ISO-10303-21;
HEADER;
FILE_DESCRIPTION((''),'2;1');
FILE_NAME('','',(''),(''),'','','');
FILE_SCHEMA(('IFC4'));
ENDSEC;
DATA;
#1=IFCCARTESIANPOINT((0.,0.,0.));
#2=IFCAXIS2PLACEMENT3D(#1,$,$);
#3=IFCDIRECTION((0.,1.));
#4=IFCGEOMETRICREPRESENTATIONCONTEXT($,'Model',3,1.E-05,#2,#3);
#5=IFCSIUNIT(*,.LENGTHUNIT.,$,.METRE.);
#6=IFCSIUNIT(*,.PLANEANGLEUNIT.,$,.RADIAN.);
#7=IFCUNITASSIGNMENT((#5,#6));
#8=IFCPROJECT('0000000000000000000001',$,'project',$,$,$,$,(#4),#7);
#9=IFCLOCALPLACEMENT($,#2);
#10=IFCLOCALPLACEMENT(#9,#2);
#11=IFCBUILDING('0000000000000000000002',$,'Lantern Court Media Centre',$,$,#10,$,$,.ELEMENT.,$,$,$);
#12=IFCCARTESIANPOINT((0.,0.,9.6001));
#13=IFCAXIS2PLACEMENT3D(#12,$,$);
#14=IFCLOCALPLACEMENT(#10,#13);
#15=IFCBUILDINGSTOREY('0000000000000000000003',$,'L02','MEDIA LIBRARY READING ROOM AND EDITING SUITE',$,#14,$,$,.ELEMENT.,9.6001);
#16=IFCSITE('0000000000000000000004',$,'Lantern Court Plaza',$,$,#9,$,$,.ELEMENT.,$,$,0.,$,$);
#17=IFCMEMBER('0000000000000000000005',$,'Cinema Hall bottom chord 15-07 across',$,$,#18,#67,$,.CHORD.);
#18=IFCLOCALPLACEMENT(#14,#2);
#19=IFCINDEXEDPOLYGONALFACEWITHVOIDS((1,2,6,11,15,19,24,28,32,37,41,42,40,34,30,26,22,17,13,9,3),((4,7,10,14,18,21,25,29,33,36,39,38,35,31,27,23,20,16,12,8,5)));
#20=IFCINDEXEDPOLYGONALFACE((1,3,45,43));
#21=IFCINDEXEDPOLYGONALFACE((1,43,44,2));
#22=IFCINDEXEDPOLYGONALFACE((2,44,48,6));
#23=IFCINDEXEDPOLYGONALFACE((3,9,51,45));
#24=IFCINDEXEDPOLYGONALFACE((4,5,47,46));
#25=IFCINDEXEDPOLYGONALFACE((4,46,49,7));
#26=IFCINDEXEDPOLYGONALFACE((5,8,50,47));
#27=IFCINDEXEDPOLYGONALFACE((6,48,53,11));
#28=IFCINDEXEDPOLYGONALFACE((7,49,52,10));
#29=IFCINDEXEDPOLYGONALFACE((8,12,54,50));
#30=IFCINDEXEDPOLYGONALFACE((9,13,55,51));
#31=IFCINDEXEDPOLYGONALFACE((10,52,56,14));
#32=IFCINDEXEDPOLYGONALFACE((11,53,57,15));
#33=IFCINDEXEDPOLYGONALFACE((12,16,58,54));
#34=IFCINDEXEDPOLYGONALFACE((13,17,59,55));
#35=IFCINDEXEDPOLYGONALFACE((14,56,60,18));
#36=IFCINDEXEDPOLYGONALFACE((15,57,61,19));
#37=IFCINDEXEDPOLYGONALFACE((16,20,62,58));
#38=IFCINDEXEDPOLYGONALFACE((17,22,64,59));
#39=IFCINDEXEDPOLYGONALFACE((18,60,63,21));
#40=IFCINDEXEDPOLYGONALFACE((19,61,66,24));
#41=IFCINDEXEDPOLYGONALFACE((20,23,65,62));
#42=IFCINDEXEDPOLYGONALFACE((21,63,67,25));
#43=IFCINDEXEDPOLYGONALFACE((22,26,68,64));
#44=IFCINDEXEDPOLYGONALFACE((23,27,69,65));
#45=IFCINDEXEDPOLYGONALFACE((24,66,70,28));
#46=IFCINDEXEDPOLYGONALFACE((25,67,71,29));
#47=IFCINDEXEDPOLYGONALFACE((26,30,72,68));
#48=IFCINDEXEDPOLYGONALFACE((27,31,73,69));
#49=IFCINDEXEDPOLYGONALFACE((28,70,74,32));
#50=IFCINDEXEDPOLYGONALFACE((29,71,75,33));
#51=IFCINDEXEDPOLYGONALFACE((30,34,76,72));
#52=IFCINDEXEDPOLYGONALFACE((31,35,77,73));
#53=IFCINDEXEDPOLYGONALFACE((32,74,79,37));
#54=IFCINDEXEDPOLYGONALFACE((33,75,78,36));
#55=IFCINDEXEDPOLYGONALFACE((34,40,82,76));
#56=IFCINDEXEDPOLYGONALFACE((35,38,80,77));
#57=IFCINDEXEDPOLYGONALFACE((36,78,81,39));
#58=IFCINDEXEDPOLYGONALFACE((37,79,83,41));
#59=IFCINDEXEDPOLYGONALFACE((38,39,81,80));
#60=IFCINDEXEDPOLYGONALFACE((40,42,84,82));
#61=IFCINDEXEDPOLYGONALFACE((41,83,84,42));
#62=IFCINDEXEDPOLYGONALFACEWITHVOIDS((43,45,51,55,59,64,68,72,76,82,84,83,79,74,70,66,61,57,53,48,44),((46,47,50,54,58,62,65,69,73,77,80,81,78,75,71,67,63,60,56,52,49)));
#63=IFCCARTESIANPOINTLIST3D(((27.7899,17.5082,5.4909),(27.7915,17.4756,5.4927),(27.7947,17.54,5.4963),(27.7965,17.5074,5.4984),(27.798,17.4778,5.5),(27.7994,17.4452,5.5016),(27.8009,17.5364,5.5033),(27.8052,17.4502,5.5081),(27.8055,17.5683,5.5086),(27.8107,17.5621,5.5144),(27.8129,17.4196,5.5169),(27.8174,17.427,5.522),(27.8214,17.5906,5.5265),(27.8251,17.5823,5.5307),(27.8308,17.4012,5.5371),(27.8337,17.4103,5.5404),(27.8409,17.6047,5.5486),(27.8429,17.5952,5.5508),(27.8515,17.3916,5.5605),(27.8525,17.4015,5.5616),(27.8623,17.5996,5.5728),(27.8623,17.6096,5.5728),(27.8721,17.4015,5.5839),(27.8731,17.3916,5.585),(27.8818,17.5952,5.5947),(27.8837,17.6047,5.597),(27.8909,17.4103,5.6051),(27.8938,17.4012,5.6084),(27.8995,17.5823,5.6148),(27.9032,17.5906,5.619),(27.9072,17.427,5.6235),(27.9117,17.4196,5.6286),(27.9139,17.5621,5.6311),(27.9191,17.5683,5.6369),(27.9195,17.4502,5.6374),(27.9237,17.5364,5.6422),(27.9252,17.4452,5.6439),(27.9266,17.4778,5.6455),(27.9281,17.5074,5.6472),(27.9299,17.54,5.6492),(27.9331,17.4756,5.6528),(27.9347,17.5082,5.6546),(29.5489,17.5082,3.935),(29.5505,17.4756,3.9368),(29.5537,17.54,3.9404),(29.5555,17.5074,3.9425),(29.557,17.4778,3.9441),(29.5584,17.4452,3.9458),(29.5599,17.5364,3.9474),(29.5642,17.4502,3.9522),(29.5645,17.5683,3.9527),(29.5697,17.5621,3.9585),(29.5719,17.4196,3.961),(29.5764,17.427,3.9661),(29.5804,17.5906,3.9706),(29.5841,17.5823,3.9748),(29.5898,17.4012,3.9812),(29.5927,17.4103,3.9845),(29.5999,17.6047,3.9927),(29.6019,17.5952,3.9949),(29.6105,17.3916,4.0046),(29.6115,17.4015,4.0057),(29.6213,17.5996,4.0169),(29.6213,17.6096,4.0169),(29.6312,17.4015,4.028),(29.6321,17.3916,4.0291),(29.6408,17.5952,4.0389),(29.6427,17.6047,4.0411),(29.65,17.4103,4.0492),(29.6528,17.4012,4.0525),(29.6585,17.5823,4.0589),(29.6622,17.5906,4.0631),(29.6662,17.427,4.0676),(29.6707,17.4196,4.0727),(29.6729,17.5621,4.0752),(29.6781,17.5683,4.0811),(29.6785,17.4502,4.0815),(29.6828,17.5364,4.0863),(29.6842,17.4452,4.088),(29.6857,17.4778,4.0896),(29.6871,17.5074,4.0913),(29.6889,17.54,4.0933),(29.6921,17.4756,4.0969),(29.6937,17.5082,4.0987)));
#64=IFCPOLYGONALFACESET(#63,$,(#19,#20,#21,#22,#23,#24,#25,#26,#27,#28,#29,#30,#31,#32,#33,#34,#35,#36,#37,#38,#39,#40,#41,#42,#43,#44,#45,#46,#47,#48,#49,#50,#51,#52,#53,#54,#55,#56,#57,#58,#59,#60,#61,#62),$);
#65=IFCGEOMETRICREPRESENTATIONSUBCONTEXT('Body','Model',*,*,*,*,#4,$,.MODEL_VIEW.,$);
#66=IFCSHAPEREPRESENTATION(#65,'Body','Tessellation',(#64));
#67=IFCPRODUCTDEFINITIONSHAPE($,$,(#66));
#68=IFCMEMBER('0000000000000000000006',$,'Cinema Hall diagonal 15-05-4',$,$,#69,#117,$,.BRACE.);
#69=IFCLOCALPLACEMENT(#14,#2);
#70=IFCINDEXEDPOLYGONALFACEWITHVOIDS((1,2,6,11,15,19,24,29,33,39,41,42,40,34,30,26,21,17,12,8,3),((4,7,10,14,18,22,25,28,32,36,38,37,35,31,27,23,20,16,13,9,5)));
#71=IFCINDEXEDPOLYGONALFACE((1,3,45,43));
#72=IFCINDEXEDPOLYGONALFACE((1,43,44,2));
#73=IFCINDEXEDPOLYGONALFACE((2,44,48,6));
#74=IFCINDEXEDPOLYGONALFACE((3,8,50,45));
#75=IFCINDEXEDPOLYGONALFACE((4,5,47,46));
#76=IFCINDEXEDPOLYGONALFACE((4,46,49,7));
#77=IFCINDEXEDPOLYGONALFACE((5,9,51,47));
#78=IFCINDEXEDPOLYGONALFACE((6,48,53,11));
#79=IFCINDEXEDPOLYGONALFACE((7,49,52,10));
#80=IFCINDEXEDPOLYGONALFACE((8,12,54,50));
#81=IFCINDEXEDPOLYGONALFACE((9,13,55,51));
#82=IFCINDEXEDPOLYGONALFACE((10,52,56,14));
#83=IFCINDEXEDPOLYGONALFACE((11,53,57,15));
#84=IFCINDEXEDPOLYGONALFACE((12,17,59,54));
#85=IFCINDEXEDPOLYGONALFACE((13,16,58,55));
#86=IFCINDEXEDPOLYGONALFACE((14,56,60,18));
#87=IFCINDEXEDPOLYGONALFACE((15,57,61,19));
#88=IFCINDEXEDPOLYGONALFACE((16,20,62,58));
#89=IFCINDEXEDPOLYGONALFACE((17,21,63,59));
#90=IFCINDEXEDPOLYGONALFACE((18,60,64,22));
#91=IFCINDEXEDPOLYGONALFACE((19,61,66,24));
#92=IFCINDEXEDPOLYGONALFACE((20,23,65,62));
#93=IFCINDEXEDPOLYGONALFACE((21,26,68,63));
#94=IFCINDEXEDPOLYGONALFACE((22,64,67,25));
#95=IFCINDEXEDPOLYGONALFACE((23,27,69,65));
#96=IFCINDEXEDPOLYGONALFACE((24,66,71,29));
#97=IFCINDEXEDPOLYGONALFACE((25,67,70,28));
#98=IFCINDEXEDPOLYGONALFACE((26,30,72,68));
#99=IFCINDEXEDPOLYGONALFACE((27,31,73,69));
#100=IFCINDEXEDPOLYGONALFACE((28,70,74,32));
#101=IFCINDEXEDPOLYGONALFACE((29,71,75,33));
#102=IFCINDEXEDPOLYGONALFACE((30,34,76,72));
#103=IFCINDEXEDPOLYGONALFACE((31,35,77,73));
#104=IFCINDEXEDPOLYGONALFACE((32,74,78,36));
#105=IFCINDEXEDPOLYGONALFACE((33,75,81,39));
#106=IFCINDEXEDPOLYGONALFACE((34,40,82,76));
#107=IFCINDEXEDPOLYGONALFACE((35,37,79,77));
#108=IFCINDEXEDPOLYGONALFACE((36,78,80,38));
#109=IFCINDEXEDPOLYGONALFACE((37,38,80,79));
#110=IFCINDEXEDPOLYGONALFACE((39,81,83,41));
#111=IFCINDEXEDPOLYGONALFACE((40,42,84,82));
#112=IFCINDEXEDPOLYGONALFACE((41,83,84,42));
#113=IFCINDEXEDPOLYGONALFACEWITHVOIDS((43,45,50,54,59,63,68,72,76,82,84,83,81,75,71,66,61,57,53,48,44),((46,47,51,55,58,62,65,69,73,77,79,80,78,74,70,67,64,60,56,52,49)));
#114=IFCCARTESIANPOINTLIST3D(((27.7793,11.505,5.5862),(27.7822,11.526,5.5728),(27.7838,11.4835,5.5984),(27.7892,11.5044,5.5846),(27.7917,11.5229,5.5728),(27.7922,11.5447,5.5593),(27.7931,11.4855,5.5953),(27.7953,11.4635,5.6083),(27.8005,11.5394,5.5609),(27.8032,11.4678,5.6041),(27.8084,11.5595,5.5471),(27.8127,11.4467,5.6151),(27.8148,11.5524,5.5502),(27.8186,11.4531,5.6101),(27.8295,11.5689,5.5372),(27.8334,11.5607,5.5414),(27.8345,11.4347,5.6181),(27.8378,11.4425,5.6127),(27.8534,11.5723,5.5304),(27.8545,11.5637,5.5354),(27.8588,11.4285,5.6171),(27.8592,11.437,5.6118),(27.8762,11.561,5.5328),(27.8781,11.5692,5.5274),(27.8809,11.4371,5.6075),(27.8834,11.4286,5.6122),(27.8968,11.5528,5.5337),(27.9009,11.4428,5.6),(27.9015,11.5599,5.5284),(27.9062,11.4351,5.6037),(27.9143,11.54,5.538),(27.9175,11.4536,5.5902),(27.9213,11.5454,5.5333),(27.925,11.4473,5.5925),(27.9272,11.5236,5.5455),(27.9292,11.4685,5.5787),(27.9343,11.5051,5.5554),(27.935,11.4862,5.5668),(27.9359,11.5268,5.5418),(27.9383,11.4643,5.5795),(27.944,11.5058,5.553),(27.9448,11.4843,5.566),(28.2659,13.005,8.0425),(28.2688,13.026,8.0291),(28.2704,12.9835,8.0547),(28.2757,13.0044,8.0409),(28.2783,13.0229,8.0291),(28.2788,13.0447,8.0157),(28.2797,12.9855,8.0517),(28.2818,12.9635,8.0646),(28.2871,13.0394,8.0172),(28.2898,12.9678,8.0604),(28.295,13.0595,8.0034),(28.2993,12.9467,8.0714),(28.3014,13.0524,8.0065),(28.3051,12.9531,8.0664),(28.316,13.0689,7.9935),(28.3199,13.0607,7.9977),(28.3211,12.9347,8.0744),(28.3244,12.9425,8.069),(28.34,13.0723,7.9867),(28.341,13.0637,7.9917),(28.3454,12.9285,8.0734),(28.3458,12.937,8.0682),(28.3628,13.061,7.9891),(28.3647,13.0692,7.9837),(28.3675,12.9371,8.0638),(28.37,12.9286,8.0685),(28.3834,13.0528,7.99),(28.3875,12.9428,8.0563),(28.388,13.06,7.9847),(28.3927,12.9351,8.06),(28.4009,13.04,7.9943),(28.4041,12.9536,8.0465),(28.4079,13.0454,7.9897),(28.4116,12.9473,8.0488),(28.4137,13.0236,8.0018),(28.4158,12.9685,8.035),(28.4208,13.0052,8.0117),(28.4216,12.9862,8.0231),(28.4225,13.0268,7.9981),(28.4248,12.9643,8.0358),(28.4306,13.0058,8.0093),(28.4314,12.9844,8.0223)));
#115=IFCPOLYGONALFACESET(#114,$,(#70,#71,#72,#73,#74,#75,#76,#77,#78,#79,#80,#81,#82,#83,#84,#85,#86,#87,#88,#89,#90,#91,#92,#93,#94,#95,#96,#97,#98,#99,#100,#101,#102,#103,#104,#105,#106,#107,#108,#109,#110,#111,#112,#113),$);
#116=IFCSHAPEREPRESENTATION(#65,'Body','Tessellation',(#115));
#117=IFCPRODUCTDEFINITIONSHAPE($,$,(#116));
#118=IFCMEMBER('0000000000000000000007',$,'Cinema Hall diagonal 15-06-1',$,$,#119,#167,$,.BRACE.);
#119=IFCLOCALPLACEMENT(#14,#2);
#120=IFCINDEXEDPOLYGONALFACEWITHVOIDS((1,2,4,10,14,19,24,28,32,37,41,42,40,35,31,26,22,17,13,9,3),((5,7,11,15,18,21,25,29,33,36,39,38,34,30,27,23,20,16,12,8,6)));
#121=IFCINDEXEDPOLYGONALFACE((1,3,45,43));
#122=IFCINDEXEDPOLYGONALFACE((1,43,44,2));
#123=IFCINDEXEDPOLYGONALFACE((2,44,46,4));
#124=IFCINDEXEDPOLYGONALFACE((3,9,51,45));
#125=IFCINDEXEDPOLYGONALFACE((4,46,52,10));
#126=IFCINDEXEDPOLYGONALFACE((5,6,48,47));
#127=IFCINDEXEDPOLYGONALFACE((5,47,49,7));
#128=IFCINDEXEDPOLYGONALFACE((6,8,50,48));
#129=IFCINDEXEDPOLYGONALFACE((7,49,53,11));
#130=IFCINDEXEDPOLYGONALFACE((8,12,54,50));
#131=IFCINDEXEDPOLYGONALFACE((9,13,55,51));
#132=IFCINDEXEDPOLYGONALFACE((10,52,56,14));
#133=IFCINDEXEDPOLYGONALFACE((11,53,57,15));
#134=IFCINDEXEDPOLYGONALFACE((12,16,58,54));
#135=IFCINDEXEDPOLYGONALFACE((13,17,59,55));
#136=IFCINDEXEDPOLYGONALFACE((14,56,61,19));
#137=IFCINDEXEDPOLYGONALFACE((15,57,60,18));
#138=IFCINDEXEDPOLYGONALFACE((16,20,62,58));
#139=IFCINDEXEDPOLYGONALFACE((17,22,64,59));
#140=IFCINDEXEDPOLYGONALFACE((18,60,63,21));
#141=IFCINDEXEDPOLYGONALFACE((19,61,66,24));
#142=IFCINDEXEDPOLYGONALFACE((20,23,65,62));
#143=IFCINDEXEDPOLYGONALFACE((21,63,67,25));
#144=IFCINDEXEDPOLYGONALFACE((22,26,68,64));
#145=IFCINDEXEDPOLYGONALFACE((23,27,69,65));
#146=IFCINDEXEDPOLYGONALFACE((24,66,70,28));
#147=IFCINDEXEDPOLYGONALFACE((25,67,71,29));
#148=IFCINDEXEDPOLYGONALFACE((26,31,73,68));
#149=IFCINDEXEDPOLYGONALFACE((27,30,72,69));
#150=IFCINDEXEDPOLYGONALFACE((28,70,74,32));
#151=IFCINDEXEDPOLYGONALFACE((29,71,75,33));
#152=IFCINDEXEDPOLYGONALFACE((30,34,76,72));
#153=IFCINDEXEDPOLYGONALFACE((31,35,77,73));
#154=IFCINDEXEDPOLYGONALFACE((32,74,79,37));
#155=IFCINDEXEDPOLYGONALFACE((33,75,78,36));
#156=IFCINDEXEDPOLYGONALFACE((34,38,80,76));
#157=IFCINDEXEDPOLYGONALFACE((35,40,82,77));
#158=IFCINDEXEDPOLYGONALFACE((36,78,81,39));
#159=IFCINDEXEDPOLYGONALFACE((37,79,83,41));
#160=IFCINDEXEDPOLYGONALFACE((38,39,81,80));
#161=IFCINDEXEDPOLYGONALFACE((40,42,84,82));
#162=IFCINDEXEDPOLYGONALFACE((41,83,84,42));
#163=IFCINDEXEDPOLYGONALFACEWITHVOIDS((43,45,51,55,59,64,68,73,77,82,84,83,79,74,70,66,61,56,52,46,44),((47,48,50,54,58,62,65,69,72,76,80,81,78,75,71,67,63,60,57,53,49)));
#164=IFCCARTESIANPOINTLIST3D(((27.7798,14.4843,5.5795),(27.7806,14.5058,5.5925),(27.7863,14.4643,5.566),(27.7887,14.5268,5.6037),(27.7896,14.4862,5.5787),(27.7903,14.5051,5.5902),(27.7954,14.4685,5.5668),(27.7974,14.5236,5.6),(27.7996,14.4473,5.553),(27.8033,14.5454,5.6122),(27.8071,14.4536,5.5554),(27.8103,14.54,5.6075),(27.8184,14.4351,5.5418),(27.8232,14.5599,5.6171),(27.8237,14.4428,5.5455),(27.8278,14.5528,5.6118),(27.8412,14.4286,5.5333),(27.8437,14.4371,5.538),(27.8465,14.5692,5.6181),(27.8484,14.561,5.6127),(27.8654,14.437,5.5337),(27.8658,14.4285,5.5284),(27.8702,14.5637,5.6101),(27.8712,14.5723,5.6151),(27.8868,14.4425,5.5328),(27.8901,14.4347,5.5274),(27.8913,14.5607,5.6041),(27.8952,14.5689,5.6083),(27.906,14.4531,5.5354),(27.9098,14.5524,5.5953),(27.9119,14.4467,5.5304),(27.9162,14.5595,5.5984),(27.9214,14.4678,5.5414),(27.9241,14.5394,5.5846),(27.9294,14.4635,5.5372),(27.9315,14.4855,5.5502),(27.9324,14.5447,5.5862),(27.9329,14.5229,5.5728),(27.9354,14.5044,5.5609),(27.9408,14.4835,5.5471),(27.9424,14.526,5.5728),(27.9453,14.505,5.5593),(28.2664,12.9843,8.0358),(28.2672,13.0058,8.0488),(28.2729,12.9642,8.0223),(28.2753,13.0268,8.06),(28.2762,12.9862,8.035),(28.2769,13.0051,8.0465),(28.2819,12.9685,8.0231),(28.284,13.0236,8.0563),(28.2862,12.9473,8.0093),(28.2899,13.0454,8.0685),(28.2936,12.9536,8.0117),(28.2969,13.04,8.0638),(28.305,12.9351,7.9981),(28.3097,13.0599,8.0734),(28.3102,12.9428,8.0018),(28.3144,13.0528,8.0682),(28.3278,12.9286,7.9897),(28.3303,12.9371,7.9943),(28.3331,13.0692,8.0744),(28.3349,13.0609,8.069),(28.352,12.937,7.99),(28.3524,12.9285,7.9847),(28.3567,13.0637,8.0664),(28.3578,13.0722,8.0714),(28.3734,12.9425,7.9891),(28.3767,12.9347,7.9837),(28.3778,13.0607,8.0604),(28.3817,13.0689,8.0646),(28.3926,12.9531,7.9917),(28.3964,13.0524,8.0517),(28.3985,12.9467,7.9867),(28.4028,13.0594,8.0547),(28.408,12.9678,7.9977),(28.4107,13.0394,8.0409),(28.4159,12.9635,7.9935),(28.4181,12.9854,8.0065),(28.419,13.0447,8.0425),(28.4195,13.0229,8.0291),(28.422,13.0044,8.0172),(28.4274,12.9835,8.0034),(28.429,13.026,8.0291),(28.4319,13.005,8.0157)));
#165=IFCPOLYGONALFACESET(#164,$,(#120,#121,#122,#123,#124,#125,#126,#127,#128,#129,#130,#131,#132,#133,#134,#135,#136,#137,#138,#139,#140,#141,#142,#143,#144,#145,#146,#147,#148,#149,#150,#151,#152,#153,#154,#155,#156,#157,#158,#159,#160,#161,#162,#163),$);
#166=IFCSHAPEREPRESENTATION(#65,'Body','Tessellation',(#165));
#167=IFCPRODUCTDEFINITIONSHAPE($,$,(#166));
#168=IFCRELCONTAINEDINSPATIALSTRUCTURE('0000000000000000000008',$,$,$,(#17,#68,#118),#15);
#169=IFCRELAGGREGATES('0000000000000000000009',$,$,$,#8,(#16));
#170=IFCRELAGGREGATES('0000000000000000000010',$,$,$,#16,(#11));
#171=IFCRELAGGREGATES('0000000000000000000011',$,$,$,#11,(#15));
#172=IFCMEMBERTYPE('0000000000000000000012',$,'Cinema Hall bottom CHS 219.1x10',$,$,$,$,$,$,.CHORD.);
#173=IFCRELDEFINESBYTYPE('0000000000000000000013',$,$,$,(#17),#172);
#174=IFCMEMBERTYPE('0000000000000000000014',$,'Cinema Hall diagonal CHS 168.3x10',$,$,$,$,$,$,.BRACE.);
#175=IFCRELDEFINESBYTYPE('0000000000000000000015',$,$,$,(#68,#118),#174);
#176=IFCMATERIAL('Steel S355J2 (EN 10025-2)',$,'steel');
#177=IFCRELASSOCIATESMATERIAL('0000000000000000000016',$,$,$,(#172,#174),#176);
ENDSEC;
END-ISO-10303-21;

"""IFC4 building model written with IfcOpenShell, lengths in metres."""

from ifc_helpers import new_model, si_unit, direction, frame, origin, origin_2d, place, context, subcontext, project, spatial, hollow_circle, extrude, material, material_profile, profile_set, type_object, element, save


model = new_model("IFC4")

# Units and contexts
model_context = context("Model", 3, precision=1e-05, world=origin(), true_north=direction((0.0, 1.0)))
body_context = subcontext(model_context, "Body", "Model", "MODEL_VIEW")
ifc_project = project(units=[si_unit("LENGTHUNIT", "METRE"), si_unit("PLANEANGLEUNIT", "RADIAN")], contexts=[model_context])

# Site, building, storey
site_placement = place(None, origin())
site = spatial("IfcSite", under=ifc_project, at=site_placement, Name="Lantern Court Plaza", CompositionType="ELEMENT", RefElevation=0.0)
building_placement = place(site_placement, origin())
building = spatial("IfcBuilding", under=site, at=building_placement, Name="Lantern Court Media Centre", CompositionType="ELEMENT")
storey_placement = place(building_placement, frame((0.0, 0.0, 9.6001)))
storey = spatial("IfcBuildingStorey", under=building, at=storey_placement, Name="L02", Description="MEDIA LIBRARY READING ROOM AND EDITING SUITE", CompositionType="ELEMENT", Elevation=9.6001)

# Members
ifc_material = material(Name="Steel S355J2 (EN 10025-2)", Category="steel")
ifc_material_profile_1 = material_profile(ifc_material, hollow_circle(Radius=0.1096, WallThickness=0.01, at=origin_2d()), Name="Cinema Hall bottom CHS 219.1x10")
ifc_profile_set_1 = profile_set([ifc_material_profile_1], Name="Steel S355J2 (EN 10025-2)")
member_type_1 = type_object("IfcMemberType", Name="Cinema Hall bottom CHS 219.1x10", PredefinedType="CHORD", material=ifc_profile_set_1)
for number, where, z_axis, x_axis, name in (
    (1, (27.8623, 17.5, 5.5728), (0.74903, 0.0, -0.662536), (0.0, 1.0, 0.0), "Cinema Hall bottom chord 15-07 across"),
):
    element("IfcMember", number, at=place(storey_placement, frame(where, z_axis=z_axis, x_axis=x_axis)), inside=storey, type_object=member_type_1, Name=name, PredefinedType="CHORD", context=body_context, shape_type="SweptSolid", body=[
        extrude(hollow_circle(Radius=0.1096, WallThickness=0.01, at=origin_2d()), origin(), (0.0, 0.0, 1.0), 2.3484),
    ])
ifc_material_profile_2 = material_profile(ifc_material, hollow_circle(Radius=0.0842, WallThickness=0.01, at=origin_2d()), Name="Cinema Hall diagonal CHS 168.3x10")
ifc_profile_set_2 = profile_set([ifc_material_profile_2], Name="Steel S355J2 (EN 10025-2)")
member_type_2 = type_object("IfcMemberType", Name="Cinema Hall diagonal CHS 168.3x10", PredefinedType="BRACE", material=ifc_profile_set_2)
for number, where, z_axis, x_axis, name in (
    (2, (27.8623, 11.5, 5.5728), (0.166695, 0.513887, 0.841506), (-0.951207, 0.308554, 0.0), "Cinema Hall diagonal 15-05-4"),
    (3, (27.8623, 14.5, 5.5728), (0.166695, -0.513887, 0.841506), (0.951207, 0.308554, 0.0), "Cinema Hall diagonal 15-06-1"),
):
    element("IfcMember", number, at=place(storey_placement, frame(where, z_axis=z_axis, x_axis=x_axis)), inside=storey, type_object=member_type_2, Name=name, PredefinedType="BRACE", context=body_context, shape_type="SweptSolid", body=[
        extrude(hollow_circle(Radius=0.0842, WallThickness=0.01, at=origin_2d()), origin(), (0.0, 0.0, 1.0), 2.9189),
    ])

save(model, "model.ifc")
